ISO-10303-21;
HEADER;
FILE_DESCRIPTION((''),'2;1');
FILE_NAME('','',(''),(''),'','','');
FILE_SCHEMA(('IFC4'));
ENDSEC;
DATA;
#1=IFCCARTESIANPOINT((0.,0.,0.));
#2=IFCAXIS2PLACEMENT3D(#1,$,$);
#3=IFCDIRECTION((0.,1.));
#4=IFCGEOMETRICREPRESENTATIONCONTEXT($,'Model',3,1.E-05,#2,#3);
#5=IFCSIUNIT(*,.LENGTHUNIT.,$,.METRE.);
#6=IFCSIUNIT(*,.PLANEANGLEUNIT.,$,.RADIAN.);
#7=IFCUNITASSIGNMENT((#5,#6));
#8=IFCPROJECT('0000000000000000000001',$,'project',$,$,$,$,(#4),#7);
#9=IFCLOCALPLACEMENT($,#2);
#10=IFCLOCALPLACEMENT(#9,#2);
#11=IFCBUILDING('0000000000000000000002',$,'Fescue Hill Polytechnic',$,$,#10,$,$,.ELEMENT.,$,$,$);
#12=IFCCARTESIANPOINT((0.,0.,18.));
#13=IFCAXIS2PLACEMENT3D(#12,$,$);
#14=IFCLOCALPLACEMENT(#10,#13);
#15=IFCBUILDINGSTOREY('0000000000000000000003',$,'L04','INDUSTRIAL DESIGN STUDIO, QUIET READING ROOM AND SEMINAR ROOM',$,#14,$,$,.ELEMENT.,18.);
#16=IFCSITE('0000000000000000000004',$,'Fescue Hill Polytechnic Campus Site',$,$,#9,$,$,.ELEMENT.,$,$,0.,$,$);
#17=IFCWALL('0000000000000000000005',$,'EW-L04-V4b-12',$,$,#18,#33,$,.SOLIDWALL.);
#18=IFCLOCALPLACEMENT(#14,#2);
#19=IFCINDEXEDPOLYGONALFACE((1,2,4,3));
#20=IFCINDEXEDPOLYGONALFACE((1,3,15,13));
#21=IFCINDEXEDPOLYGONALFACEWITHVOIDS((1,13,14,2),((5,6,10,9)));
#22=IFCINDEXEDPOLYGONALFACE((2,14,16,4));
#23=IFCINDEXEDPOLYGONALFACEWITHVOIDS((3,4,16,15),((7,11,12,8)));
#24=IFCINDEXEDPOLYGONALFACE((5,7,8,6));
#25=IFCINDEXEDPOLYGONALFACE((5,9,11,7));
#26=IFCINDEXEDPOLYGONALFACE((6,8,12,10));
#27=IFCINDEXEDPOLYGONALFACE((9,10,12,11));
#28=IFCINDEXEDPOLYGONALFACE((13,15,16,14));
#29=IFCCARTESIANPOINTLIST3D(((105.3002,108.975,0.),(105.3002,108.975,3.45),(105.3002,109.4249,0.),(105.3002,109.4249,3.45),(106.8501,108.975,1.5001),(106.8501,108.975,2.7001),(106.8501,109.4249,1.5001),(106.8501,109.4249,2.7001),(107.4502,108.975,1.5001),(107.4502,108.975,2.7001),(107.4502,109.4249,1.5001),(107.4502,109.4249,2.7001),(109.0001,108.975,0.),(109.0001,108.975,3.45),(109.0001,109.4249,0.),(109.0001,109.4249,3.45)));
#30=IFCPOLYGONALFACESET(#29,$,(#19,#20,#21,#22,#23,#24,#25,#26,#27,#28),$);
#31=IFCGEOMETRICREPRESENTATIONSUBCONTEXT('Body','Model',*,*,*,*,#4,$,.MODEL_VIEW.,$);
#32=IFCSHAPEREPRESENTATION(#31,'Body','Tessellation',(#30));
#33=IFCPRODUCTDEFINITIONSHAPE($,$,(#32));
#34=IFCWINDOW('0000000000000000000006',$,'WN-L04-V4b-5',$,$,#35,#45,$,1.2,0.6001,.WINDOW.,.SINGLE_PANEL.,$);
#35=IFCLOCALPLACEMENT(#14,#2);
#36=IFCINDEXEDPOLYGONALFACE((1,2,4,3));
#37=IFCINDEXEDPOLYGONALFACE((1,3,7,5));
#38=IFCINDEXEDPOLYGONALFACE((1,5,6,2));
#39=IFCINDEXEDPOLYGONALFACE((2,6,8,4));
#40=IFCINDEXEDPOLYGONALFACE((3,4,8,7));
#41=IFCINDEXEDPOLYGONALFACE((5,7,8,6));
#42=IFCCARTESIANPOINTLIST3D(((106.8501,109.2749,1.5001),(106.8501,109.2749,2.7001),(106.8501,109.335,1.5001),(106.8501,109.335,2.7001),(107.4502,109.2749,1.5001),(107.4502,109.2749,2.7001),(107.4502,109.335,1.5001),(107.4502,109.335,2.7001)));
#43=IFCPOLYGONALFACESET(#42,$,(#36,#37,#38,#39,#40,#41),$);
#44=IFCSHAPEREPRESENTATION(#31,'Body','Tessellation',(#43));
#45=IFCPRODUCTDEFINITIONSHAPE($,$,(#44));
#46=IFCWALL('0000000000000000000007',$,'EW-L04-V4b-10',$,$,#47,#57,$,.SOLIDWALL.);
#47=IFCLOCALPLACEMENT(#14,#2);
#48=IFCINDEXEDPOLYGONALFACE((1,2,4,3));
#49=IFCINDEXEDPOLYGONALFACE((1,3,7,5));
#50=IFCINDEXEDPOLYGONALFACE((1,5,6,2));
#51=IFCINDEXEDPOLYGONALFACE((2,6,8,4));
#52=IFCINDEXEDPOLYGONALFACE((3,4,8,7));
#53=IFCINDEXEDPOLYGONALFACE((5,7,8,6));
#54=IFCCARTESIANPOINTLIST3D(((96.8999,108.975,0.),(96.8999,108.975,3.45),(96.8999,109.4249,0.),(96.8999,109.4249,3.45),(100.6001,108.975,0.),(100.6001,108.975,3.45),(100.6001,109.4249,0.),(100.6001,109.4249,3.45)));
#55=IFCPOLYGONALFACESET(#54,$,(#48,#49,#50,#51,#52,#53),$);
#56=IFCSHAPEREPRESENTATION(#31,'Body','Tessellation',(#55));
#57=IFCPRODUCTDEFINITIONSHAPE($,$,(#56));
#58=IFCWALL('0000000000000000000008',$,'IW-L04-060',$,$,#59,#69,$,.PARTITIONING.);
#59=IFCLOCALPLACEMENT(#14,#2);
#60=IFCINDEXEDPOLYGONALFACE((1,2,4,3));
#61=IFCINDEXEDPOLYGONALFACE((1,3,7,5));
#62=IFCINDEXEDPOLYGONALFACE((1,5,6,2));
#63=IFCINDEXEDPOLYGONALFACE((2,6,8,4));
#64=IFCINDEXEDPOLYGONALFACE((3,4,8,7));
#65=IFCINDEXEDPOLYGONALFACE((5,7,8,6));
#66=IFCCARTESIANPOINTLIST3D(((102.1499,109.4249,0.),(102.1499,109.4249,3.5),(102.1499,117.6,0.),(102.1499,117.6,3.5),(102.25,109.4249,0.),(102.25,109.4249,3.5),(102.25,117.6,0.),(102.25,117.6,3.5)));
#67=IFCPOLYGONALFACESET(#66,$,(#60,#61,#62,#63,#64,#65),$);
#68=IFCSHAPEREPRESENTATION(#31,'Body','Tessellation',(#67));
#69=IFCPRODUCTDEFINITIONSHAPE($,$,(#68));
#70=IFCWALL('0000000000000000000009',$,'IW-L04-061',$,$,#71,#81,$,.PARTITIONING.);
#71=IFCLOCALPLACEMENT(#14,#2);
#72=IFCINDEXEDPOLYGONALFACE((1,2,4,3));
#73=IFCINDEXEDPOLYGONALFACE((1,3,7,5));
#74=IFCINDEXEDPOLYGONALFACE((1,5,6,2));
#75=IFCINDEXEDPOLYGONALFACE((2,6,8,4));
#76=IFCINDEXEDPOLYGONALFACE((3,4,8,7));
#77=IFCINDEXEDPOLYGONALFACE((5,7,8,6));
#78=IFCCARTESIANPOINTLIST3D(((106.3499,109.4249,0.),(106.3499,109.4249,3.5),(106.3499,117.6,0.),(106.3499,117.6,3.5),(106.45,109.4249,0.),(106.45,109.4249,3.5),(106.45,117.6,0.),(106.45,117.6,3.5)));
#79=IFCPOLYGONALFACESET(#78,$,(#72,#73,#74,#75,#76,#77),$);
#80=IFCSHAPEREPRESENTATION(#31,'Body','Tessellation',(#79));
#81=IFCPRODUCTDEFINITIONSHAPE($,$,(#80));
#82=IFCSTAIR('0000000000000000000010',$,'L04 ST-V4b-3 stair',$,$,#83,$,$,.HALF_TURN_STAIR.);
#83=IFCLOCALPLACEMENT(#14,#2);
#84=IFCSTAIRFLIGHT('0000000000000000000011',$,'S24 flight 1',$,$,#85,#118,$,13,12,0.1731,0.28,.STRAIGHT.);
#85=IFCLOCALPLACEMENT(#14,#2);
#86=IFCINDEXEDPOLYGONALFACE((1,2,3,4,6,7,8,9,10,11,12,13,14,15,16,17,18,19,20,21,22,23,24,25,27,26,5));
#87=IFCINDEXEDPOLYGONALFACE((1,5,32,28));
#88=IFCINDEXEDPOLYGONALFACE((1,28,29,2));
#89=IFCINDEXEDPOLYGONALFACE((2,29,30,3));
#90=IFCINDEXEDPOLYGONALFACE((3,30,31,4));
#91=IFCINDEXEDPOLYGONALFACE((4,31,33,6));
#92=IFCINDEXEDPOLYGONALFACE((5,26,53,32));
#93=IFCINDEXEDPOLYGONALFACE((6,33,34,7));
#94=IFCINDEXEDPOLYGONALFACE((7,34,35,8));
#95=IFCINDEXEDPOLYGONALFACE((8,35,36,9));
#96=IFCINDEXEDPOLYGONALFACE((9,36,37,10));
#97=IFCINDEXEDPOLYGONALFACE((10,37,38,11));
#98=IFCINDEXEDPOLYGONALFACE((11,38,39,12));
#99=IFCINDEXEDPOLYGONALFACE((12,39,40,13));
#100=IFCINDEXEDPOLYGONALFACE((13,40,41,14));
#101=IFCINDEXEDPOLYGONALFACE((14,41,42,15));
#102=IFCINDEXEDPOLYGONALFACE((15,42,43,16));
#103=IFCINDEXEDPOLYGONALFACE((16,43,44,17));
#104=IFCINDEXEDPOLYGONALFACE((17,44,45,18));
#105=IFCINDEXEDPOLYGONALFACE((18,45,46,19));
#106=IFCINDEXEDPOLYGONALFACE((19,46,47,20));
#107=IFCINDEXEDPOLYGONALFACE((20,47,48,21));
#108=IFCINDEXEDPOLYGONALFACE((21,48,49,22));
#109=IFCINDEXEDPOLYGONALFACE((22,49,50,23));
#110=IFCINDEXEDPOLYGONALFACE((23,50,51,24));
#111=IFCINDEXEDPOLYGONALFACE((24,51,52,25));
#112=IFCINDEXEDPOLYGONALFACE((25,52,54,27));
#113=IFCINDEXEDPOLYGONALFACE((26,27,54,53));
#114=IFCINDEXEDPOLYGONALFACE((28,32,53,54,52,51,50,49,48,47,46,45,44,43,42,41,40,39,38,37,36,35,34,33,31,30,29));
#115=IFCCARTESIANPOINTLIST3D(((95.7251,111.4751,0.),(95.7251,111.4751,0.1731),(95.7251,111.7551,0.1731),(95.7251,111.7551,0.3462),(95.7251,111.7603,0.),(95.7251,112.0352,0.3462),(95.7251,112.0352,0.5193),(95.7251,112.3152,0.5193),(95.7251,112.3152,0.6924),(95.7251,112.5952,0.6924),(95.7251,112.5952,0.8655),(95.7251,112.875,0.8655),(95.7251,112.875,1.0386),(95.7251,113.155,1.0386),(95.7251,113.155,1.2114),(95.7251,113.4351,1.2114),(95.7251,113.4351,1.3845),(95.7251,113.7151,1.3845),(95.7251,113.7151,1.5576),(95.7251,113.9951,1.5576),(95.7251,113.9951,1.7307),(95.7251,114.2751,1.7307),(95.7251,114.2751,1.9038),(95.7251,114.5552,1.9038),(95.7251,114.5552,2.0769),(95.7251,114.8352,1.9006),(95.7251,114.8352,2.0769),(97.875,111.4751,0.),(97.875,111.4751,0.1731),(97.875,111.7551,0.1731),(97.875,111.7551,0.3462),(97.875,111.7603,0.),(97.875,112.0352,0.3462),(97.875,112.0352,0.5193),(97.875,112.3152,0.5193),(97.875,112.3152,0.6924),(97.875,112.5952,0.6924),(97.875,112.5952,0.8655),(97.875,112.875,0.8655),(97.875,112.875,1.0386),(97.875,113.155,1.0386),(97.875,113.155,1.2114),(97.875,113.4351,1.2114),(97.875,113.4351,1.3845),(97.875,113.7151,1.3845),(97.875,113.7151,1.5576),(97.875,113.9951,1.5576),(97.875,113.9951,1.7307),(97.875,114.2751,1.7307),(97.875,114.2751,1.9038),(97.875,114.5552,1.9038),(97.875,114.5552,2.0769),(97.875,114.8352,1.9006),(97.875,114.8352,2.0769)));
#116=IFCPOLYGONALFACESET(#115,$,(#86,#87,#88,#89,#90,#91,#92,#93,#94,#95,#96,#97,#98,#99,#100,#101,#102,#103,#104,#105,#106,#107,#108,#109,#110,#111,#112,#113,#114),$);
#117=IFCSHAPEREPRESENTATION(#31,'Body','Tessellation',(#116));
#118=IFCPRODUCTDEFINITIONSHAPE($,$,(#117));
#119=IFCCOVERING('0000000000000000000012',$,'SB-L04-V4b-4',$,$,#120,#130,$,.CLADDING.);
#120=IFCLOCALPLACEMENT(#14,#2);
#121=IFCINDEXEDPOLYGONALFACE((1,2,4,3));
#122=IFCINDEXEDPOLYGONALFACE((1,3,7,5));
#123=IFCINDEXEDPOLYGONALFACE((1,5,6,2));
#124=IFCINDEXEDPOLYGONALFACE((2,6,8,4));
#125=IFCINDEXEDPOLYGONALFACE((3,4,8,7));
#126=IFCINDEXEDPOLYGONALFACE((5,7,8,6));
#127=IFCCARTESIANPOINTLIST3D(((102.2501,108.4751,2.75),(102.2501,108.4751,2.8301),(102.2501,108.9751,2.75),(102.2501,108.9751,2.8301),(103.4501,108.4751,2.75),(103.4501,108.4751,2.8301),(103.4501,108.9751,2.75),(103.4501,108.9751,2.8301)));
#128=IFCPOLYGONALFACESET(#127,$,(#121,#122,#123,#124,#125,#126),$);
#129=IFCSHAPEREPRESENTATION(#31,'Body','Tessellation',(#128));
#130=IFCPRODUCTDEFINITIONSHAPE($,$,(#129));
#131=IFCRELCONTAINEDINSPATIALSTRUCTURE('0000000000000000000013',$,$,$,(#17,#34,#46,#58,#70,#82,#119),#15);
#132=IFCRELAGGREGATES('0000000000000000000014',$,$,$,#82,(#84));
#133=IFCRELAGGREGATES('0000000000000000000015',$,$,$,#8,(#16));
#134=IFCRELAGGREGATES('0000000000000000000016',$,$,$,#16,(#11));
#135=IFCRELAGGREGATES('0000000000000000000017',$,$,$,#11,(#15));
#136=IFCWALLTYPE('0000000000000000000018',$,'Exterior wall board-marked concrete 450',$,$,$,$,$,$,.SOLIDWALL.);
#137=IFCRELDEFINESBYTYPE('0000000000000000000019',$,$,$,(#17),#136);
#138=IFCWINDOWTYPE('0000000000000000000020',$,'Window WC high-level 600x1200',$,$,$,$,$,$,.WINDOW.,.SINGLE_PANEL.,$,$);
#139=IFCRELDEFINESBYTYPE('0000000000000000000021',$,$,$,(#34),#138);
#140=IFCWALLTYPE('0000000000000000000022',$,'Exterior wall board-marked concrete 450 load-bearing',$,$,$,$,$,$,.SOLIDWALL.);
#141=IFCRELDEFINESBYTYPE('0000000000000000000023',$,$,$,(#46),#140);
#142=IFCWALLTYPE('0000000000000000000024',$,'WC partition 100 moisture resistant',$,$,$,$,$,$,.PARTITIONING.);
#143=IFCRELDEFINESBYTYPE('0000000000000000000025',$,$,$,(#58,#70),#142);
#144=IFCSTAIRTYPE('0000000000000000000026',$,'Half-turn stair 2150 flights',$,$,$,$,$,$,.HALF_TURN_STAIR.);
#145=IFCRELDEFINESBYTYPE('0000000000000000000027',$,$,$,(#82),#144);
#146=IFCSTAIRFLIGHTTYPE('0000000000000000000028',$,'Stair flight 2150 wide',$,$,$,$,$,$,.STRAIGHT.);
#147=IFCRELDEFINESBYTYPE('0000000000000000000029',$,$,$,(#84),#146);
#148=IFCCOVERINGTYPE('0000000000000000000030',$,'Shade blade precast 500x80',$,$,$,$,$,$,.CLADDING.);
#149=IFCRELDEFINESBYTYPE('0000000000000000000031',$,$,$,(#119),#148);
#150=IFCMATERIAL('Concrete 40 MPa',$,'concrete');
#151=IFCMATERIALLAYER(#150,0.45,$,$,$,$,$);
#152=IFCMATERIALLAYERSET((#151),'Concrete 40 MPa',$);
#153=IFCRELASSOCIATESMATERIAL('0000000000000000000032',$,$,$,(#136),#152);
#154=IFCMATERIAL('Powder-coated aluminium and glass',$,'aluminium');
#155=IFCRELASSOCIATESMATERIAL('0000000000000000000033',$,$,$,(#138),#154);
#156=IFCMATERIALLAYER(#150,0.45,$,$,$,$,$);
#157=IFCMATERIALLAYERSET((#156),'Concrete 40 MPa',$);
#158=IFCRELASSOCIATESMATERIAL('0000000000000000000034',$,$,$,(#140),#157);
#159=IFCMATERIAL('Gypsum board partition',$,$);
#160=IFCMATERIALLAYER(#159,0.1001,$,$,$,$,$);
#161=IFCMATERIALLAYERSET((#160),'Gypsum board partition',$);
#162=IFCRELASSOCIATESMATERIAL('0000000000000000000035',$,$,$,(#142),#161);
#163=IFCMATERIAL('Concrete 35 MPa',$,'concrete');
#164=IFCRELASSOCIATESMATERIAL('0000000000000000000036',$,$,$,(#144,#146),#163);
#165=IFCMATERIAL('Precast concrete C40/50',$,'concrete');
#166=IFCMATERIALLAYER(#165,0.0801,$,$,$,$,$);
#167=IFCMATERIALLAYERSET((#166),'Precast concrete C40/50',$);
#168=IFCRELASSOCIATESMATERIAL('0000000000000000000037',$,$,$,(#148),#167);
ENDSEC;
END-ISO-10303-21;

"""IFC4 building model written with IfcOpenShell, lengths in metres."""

from ifc_helpers import new_model, si_unit, direction, frame, frame_2d, origin, origin_2d, place, context, subcontext, project, spatial, polyline, rectangle, outline, extrude, material, layer, layer_set, type_object, element, fill, aggregate, save


model = new_model("IFC4")

# Units and contexts
model_context = context("Model", 3, precision=1e-05, world=origin(), true_north=direction((0.0, 1.0)))
body_context = subcontext(model_context, "Body", "Model", "MODEL_VIEW")
ifc_project = project(units=[si_unit("LENGTHUNIT", "METRE"), si_unit("PLANEANGLEUNIT", "RADIAN")], contexts=[model_context])

# Site, building, storey
site_placement = place(None, origin())
site = spatial("IfcSite", under=ifc_project, at=site_placement, Name="Fescue Hill Polytechnic Campus Site", CompositionType="ELEMENT", RefElevation=0.0)
building_placement = place(site_placement, origin())
building = spatial("IfcBuilding", under=site, at=building_placement, Name="Fescue Hill Polytechnic", CompositionType="ELEMENT")
storey_placement = place(building_placement, frame((0.0, 0.0, 18.0)))
storey = spatial("IfcBuildingStorey", under=building, at=storey_placement, Name="L04", Description="INDUSTRIAL DESIGN STUDIO, QUIET READING ROOM AND SEMINAR ROOM", CompositionType="ELEMENT", Elevation=18.0)

# Shared definitions
ifc_material_1 = material(Name="Concrete 40 MPa", Category="concrete")

# Shared definitions
ifc_material_2 = material(Name="Concrete 35 MPa", Category="concrete")

# Wall, opening, window
ifc_layer_1 = layer(ifc_material_1, 0.45)
ifc_layer_set_1 = layer_set([ifc_layer_1], Name="Concrete 40 MPa")
wall_type_1 = type_object("IfcWallType", Name="Exterior wall board-marked concrete 450", PredefinedType="SOLIDWALL", material=ifc_layer_set_1)
ifc_material_3 = material(Name="Powder-coated aluminium and glass", Category="aluminium")
window_type = type_object("IfcWindowType", Name="Window WC high-level 600x1200", PartitioningType="SINGLE_PANEL", PredefinedType="WINDOW", material=ifc_material_3)
wall_1_placement = place(storey_placement, frame((105.3, 109.2, 0.0), z_axis=(0.0, 0.0, 1.0), x_axis=(1.0, 0.0, 0.0)))
wall_1 = element("IfcWall", 1, at=wall_1_placement, inside=storey, type_object=wall_type_1, Name="EW-L04-V4b-12", PredefinedType="SOLIDWALL", context=body_context, shape_type="SweptSolid", body=[
    extrude(rectangle(XDim=3.7, YDim=0.45, at=frame_2d((1.8501, 0.0))), origin(), (0.0, 0.0, 1.0), 3.45),
])
opening_1_placement = place(wall_1_placement, frame((1.55, 0.0, 1.5)))
opening_1 = element("IfcOpeningElement", 2, at=opening_1_placement, cuts=wall_1, PredefinedType="OPENING", context=body_context, shape_type="SweptSolid", body=[
    extrude(rectangle(XDim=0.6001, YDim=1.2, at=frame_2d((0.3, 0.6001))), frame((0.0, 0.2349, 0.0), z_axis=(0.0, -1.0, 0.0), x_axis=(1.0, 0.0, 0.0)), (0.0, 0.0, 1.0), 0.47),
])
window_1_placement = place(opening_1_placement, origin())
window_1 = element("IfcWindow", 3, at=window_1_placement, inside=storey, type_object=window_type, Name="WN-L04-V4b-5", OverallHeight=1.2, OverallWidth=0.6001, PartitioningType="SINGLE_PANEL", PredefinedType="WINDOW", context=body_context, shape_type="SweptSolid", body=[
    extrude(rectangle(XDim=0.6001, YDim=1.2, at=frame_2d((0.3, 0.6001))), frame((0.0, 0.135, 0.0), z_axis=(0.0, -1.0, 0.0), x_axis=(1.0, 0.0, 0.0)), (0.0, 0.0, 1.0), 0.0601),
])
fill(opening_1, window_1)

# Walls
ifc_layer_2 = layer(ifc_material_1, 0.45)
ifc_layer_set_2 = layer_set([ifc_layer_2], Name="Concrete 40 MPa")
wall_type_2 = type_object("IfcWallType", Name="Exterior wall board-marked concrete 450 load-bearing", PredefinedType="SOLIDWALL", material=ifc_layer_set_2)
wall_2_placement = place(storey_placement, frame((96.8999, 109.2, 0.0), z_axis=(0.0, 0.0, 1.0), x_axis=(1.0, 0.0, 0.0)))
element("IfcWall", 4, at=wall_2_placement, inside=storey, type_object=wall_type_2, Name="EW-L04-V4b-10", PredefinedType="SOLIDWALL", context=body_context, shape_type="SweptSolid", body=[
    extrude(rectangle(XDim=3.7002, YDim=0.45, at=frame_2d((1.8501, 0.0))), origin(), (0.0, 0.0, 1.0), 3.45),
])
ifc_material_4 = material(Name="Gypsum board partition")
ifc_layer_3 = layer(ifc_material_4, 0.1001)
ifc_layer_set_3 = layer_set([ifc_layer_3], Name="Gypsum board partition")
wall_type_3 = type_object("IfcWallType", Name="WC partition 100 moisture resistant", PredefinedType="PARTITIONING", material=ifc_layer_set_3)
for number, where, z_axis, x_axis, name in (
    (5, (102.2, 109.425, 0.0), (0.0, 0.0, 1.0), (0.0, 1.0, 0.0), "IW-L04-060"),
    (6, (106.3999, 109.425, 0.0), (0.0, 0.0, 1.0), (0.0, 1.0, 0.0), "IW-L04-061"),
):
    element("IfcWall", number, at=place(storey_placement, frame(where, z_axis=z_axis, x_axis=x_axis)), inside=storey, type_object=wall_type_3, Name=name, PredefinedType="PARTITIONING", context=body_context, shape_type="SweptSolid", body=[
        extrude(rectangle(XDim=8.175, YDim=0.1001, at=frame_2d((4.0874, 0.0))), origin(), (0.0, 0.0, 1.0), 3.5),
    ])

# Stair, stair flight
stair_type = type_object("IfcStairType", Name="Half-turn stair 2150 flights", PredefinedType="HALF_TURN_STAIR", material=ifc_material_2)
stair_placement = place(storey_placement, origin())
stair = element("IfcStair", 7, at=stair_placement, inside=storey, type_object=stair_type, Name="L04 ST-V4b-3 stair", PredefinedType="HALF_TURN_STAIR")
stair_flight_type = type_object("IfcStairFlightType", Name="Stair flight 2150 wide", PredefinedType="STRAIGHT", material=ifc_material_2)
stair_flight_placement = place(storey_placement, frame((96.8, 111.4751, 0.0), z_axis=(0.0, 0.0, 1.0), x_axis=(0.0, 1.0, 0.0)))
stair_flight = element("IfcStairFlight", 8, at=stair_flight_placement, type_object=stair_flight_type, Name="S24 flight 1", NumberOfRisers=13, NumberOfTreads=12, PredefinedType="STRAIGHT", RiserHeight=0.1731, TreadLength=0.28, context=body_context, shape_type="SweptSolid", body=[
    extrude(outline(polyline([(0.0, 0.0), (0.0, 0.1731), (0.28, 0.1731), (0.28, 0.3462), (0.5601, 0.3462), (0.5601, 0.5193), (0.8401, 0.5193), (0.8401, 0.6924), (1.1201, 0.6924), (1.1201, 0.8655), (1.3999, 0.8655), (1.3999, 1.0386), (1.6799, 1.0386), (1.6799, 1.2114), (1.96, 1.2114), (1.96, 1.3845), (2.24, 1.3845), (2.24, 1.5576), (2.52, 1.5576), (2.52, 1.7307), (2.8, 1.7307), (2.8, 1.9038), (3.0801, 1.9038), (3.0801, 2.0769), (3.3601, 2.0769), (3.3601, 2.25), (3.3601, 1.9006), (0.2852, 0.0), (0.0, 0.0)])), frame((0.0, 1.075, 0.0), z_axis=(0.0, -1.0, 0.0), x_axis=(1.0, 0.0, 0.0)), (0.0, 0.0, 1.0), 2.1499),
])
aggregate(stair, [stair_flight])

# Covering
ifc_material_5 = material(Name="Precast concrete C40/50", Category="concrete")
ifc_layer_4 = layer(ifc_material_5, 0.0801)
ifc_layer_set_4 = layer_set([ifc_layer_4], Name="Precast concrete C40/50")
covering_type = type_object("IfcCoveringType", Name="Shade blade precast 500x80", PredefinedType="CLADDING", material=ifc_layer_set_4)
covering_placement = place(storey_placement, frame((102.8501, 108.7251, 2.75), z_axis=(0.0, 0.0, 1.0), x_axis=(1.0, 0.0, 0.0)))
element("IfcCovering", 9, at=covering_placement, inside=storey, type_object=covering_type, Name="SB-L04-V4b-4", PredefinedType="CLADDING", context=body_context, shape_type="SweptSolid", body=[
    extrude(rectangle(XDim=1.2, YDim=0.5, at=origin_2d()), origin(), (0.0, 0.0, 1.0), 0.0801),
])

save(model, "model.ifc")
